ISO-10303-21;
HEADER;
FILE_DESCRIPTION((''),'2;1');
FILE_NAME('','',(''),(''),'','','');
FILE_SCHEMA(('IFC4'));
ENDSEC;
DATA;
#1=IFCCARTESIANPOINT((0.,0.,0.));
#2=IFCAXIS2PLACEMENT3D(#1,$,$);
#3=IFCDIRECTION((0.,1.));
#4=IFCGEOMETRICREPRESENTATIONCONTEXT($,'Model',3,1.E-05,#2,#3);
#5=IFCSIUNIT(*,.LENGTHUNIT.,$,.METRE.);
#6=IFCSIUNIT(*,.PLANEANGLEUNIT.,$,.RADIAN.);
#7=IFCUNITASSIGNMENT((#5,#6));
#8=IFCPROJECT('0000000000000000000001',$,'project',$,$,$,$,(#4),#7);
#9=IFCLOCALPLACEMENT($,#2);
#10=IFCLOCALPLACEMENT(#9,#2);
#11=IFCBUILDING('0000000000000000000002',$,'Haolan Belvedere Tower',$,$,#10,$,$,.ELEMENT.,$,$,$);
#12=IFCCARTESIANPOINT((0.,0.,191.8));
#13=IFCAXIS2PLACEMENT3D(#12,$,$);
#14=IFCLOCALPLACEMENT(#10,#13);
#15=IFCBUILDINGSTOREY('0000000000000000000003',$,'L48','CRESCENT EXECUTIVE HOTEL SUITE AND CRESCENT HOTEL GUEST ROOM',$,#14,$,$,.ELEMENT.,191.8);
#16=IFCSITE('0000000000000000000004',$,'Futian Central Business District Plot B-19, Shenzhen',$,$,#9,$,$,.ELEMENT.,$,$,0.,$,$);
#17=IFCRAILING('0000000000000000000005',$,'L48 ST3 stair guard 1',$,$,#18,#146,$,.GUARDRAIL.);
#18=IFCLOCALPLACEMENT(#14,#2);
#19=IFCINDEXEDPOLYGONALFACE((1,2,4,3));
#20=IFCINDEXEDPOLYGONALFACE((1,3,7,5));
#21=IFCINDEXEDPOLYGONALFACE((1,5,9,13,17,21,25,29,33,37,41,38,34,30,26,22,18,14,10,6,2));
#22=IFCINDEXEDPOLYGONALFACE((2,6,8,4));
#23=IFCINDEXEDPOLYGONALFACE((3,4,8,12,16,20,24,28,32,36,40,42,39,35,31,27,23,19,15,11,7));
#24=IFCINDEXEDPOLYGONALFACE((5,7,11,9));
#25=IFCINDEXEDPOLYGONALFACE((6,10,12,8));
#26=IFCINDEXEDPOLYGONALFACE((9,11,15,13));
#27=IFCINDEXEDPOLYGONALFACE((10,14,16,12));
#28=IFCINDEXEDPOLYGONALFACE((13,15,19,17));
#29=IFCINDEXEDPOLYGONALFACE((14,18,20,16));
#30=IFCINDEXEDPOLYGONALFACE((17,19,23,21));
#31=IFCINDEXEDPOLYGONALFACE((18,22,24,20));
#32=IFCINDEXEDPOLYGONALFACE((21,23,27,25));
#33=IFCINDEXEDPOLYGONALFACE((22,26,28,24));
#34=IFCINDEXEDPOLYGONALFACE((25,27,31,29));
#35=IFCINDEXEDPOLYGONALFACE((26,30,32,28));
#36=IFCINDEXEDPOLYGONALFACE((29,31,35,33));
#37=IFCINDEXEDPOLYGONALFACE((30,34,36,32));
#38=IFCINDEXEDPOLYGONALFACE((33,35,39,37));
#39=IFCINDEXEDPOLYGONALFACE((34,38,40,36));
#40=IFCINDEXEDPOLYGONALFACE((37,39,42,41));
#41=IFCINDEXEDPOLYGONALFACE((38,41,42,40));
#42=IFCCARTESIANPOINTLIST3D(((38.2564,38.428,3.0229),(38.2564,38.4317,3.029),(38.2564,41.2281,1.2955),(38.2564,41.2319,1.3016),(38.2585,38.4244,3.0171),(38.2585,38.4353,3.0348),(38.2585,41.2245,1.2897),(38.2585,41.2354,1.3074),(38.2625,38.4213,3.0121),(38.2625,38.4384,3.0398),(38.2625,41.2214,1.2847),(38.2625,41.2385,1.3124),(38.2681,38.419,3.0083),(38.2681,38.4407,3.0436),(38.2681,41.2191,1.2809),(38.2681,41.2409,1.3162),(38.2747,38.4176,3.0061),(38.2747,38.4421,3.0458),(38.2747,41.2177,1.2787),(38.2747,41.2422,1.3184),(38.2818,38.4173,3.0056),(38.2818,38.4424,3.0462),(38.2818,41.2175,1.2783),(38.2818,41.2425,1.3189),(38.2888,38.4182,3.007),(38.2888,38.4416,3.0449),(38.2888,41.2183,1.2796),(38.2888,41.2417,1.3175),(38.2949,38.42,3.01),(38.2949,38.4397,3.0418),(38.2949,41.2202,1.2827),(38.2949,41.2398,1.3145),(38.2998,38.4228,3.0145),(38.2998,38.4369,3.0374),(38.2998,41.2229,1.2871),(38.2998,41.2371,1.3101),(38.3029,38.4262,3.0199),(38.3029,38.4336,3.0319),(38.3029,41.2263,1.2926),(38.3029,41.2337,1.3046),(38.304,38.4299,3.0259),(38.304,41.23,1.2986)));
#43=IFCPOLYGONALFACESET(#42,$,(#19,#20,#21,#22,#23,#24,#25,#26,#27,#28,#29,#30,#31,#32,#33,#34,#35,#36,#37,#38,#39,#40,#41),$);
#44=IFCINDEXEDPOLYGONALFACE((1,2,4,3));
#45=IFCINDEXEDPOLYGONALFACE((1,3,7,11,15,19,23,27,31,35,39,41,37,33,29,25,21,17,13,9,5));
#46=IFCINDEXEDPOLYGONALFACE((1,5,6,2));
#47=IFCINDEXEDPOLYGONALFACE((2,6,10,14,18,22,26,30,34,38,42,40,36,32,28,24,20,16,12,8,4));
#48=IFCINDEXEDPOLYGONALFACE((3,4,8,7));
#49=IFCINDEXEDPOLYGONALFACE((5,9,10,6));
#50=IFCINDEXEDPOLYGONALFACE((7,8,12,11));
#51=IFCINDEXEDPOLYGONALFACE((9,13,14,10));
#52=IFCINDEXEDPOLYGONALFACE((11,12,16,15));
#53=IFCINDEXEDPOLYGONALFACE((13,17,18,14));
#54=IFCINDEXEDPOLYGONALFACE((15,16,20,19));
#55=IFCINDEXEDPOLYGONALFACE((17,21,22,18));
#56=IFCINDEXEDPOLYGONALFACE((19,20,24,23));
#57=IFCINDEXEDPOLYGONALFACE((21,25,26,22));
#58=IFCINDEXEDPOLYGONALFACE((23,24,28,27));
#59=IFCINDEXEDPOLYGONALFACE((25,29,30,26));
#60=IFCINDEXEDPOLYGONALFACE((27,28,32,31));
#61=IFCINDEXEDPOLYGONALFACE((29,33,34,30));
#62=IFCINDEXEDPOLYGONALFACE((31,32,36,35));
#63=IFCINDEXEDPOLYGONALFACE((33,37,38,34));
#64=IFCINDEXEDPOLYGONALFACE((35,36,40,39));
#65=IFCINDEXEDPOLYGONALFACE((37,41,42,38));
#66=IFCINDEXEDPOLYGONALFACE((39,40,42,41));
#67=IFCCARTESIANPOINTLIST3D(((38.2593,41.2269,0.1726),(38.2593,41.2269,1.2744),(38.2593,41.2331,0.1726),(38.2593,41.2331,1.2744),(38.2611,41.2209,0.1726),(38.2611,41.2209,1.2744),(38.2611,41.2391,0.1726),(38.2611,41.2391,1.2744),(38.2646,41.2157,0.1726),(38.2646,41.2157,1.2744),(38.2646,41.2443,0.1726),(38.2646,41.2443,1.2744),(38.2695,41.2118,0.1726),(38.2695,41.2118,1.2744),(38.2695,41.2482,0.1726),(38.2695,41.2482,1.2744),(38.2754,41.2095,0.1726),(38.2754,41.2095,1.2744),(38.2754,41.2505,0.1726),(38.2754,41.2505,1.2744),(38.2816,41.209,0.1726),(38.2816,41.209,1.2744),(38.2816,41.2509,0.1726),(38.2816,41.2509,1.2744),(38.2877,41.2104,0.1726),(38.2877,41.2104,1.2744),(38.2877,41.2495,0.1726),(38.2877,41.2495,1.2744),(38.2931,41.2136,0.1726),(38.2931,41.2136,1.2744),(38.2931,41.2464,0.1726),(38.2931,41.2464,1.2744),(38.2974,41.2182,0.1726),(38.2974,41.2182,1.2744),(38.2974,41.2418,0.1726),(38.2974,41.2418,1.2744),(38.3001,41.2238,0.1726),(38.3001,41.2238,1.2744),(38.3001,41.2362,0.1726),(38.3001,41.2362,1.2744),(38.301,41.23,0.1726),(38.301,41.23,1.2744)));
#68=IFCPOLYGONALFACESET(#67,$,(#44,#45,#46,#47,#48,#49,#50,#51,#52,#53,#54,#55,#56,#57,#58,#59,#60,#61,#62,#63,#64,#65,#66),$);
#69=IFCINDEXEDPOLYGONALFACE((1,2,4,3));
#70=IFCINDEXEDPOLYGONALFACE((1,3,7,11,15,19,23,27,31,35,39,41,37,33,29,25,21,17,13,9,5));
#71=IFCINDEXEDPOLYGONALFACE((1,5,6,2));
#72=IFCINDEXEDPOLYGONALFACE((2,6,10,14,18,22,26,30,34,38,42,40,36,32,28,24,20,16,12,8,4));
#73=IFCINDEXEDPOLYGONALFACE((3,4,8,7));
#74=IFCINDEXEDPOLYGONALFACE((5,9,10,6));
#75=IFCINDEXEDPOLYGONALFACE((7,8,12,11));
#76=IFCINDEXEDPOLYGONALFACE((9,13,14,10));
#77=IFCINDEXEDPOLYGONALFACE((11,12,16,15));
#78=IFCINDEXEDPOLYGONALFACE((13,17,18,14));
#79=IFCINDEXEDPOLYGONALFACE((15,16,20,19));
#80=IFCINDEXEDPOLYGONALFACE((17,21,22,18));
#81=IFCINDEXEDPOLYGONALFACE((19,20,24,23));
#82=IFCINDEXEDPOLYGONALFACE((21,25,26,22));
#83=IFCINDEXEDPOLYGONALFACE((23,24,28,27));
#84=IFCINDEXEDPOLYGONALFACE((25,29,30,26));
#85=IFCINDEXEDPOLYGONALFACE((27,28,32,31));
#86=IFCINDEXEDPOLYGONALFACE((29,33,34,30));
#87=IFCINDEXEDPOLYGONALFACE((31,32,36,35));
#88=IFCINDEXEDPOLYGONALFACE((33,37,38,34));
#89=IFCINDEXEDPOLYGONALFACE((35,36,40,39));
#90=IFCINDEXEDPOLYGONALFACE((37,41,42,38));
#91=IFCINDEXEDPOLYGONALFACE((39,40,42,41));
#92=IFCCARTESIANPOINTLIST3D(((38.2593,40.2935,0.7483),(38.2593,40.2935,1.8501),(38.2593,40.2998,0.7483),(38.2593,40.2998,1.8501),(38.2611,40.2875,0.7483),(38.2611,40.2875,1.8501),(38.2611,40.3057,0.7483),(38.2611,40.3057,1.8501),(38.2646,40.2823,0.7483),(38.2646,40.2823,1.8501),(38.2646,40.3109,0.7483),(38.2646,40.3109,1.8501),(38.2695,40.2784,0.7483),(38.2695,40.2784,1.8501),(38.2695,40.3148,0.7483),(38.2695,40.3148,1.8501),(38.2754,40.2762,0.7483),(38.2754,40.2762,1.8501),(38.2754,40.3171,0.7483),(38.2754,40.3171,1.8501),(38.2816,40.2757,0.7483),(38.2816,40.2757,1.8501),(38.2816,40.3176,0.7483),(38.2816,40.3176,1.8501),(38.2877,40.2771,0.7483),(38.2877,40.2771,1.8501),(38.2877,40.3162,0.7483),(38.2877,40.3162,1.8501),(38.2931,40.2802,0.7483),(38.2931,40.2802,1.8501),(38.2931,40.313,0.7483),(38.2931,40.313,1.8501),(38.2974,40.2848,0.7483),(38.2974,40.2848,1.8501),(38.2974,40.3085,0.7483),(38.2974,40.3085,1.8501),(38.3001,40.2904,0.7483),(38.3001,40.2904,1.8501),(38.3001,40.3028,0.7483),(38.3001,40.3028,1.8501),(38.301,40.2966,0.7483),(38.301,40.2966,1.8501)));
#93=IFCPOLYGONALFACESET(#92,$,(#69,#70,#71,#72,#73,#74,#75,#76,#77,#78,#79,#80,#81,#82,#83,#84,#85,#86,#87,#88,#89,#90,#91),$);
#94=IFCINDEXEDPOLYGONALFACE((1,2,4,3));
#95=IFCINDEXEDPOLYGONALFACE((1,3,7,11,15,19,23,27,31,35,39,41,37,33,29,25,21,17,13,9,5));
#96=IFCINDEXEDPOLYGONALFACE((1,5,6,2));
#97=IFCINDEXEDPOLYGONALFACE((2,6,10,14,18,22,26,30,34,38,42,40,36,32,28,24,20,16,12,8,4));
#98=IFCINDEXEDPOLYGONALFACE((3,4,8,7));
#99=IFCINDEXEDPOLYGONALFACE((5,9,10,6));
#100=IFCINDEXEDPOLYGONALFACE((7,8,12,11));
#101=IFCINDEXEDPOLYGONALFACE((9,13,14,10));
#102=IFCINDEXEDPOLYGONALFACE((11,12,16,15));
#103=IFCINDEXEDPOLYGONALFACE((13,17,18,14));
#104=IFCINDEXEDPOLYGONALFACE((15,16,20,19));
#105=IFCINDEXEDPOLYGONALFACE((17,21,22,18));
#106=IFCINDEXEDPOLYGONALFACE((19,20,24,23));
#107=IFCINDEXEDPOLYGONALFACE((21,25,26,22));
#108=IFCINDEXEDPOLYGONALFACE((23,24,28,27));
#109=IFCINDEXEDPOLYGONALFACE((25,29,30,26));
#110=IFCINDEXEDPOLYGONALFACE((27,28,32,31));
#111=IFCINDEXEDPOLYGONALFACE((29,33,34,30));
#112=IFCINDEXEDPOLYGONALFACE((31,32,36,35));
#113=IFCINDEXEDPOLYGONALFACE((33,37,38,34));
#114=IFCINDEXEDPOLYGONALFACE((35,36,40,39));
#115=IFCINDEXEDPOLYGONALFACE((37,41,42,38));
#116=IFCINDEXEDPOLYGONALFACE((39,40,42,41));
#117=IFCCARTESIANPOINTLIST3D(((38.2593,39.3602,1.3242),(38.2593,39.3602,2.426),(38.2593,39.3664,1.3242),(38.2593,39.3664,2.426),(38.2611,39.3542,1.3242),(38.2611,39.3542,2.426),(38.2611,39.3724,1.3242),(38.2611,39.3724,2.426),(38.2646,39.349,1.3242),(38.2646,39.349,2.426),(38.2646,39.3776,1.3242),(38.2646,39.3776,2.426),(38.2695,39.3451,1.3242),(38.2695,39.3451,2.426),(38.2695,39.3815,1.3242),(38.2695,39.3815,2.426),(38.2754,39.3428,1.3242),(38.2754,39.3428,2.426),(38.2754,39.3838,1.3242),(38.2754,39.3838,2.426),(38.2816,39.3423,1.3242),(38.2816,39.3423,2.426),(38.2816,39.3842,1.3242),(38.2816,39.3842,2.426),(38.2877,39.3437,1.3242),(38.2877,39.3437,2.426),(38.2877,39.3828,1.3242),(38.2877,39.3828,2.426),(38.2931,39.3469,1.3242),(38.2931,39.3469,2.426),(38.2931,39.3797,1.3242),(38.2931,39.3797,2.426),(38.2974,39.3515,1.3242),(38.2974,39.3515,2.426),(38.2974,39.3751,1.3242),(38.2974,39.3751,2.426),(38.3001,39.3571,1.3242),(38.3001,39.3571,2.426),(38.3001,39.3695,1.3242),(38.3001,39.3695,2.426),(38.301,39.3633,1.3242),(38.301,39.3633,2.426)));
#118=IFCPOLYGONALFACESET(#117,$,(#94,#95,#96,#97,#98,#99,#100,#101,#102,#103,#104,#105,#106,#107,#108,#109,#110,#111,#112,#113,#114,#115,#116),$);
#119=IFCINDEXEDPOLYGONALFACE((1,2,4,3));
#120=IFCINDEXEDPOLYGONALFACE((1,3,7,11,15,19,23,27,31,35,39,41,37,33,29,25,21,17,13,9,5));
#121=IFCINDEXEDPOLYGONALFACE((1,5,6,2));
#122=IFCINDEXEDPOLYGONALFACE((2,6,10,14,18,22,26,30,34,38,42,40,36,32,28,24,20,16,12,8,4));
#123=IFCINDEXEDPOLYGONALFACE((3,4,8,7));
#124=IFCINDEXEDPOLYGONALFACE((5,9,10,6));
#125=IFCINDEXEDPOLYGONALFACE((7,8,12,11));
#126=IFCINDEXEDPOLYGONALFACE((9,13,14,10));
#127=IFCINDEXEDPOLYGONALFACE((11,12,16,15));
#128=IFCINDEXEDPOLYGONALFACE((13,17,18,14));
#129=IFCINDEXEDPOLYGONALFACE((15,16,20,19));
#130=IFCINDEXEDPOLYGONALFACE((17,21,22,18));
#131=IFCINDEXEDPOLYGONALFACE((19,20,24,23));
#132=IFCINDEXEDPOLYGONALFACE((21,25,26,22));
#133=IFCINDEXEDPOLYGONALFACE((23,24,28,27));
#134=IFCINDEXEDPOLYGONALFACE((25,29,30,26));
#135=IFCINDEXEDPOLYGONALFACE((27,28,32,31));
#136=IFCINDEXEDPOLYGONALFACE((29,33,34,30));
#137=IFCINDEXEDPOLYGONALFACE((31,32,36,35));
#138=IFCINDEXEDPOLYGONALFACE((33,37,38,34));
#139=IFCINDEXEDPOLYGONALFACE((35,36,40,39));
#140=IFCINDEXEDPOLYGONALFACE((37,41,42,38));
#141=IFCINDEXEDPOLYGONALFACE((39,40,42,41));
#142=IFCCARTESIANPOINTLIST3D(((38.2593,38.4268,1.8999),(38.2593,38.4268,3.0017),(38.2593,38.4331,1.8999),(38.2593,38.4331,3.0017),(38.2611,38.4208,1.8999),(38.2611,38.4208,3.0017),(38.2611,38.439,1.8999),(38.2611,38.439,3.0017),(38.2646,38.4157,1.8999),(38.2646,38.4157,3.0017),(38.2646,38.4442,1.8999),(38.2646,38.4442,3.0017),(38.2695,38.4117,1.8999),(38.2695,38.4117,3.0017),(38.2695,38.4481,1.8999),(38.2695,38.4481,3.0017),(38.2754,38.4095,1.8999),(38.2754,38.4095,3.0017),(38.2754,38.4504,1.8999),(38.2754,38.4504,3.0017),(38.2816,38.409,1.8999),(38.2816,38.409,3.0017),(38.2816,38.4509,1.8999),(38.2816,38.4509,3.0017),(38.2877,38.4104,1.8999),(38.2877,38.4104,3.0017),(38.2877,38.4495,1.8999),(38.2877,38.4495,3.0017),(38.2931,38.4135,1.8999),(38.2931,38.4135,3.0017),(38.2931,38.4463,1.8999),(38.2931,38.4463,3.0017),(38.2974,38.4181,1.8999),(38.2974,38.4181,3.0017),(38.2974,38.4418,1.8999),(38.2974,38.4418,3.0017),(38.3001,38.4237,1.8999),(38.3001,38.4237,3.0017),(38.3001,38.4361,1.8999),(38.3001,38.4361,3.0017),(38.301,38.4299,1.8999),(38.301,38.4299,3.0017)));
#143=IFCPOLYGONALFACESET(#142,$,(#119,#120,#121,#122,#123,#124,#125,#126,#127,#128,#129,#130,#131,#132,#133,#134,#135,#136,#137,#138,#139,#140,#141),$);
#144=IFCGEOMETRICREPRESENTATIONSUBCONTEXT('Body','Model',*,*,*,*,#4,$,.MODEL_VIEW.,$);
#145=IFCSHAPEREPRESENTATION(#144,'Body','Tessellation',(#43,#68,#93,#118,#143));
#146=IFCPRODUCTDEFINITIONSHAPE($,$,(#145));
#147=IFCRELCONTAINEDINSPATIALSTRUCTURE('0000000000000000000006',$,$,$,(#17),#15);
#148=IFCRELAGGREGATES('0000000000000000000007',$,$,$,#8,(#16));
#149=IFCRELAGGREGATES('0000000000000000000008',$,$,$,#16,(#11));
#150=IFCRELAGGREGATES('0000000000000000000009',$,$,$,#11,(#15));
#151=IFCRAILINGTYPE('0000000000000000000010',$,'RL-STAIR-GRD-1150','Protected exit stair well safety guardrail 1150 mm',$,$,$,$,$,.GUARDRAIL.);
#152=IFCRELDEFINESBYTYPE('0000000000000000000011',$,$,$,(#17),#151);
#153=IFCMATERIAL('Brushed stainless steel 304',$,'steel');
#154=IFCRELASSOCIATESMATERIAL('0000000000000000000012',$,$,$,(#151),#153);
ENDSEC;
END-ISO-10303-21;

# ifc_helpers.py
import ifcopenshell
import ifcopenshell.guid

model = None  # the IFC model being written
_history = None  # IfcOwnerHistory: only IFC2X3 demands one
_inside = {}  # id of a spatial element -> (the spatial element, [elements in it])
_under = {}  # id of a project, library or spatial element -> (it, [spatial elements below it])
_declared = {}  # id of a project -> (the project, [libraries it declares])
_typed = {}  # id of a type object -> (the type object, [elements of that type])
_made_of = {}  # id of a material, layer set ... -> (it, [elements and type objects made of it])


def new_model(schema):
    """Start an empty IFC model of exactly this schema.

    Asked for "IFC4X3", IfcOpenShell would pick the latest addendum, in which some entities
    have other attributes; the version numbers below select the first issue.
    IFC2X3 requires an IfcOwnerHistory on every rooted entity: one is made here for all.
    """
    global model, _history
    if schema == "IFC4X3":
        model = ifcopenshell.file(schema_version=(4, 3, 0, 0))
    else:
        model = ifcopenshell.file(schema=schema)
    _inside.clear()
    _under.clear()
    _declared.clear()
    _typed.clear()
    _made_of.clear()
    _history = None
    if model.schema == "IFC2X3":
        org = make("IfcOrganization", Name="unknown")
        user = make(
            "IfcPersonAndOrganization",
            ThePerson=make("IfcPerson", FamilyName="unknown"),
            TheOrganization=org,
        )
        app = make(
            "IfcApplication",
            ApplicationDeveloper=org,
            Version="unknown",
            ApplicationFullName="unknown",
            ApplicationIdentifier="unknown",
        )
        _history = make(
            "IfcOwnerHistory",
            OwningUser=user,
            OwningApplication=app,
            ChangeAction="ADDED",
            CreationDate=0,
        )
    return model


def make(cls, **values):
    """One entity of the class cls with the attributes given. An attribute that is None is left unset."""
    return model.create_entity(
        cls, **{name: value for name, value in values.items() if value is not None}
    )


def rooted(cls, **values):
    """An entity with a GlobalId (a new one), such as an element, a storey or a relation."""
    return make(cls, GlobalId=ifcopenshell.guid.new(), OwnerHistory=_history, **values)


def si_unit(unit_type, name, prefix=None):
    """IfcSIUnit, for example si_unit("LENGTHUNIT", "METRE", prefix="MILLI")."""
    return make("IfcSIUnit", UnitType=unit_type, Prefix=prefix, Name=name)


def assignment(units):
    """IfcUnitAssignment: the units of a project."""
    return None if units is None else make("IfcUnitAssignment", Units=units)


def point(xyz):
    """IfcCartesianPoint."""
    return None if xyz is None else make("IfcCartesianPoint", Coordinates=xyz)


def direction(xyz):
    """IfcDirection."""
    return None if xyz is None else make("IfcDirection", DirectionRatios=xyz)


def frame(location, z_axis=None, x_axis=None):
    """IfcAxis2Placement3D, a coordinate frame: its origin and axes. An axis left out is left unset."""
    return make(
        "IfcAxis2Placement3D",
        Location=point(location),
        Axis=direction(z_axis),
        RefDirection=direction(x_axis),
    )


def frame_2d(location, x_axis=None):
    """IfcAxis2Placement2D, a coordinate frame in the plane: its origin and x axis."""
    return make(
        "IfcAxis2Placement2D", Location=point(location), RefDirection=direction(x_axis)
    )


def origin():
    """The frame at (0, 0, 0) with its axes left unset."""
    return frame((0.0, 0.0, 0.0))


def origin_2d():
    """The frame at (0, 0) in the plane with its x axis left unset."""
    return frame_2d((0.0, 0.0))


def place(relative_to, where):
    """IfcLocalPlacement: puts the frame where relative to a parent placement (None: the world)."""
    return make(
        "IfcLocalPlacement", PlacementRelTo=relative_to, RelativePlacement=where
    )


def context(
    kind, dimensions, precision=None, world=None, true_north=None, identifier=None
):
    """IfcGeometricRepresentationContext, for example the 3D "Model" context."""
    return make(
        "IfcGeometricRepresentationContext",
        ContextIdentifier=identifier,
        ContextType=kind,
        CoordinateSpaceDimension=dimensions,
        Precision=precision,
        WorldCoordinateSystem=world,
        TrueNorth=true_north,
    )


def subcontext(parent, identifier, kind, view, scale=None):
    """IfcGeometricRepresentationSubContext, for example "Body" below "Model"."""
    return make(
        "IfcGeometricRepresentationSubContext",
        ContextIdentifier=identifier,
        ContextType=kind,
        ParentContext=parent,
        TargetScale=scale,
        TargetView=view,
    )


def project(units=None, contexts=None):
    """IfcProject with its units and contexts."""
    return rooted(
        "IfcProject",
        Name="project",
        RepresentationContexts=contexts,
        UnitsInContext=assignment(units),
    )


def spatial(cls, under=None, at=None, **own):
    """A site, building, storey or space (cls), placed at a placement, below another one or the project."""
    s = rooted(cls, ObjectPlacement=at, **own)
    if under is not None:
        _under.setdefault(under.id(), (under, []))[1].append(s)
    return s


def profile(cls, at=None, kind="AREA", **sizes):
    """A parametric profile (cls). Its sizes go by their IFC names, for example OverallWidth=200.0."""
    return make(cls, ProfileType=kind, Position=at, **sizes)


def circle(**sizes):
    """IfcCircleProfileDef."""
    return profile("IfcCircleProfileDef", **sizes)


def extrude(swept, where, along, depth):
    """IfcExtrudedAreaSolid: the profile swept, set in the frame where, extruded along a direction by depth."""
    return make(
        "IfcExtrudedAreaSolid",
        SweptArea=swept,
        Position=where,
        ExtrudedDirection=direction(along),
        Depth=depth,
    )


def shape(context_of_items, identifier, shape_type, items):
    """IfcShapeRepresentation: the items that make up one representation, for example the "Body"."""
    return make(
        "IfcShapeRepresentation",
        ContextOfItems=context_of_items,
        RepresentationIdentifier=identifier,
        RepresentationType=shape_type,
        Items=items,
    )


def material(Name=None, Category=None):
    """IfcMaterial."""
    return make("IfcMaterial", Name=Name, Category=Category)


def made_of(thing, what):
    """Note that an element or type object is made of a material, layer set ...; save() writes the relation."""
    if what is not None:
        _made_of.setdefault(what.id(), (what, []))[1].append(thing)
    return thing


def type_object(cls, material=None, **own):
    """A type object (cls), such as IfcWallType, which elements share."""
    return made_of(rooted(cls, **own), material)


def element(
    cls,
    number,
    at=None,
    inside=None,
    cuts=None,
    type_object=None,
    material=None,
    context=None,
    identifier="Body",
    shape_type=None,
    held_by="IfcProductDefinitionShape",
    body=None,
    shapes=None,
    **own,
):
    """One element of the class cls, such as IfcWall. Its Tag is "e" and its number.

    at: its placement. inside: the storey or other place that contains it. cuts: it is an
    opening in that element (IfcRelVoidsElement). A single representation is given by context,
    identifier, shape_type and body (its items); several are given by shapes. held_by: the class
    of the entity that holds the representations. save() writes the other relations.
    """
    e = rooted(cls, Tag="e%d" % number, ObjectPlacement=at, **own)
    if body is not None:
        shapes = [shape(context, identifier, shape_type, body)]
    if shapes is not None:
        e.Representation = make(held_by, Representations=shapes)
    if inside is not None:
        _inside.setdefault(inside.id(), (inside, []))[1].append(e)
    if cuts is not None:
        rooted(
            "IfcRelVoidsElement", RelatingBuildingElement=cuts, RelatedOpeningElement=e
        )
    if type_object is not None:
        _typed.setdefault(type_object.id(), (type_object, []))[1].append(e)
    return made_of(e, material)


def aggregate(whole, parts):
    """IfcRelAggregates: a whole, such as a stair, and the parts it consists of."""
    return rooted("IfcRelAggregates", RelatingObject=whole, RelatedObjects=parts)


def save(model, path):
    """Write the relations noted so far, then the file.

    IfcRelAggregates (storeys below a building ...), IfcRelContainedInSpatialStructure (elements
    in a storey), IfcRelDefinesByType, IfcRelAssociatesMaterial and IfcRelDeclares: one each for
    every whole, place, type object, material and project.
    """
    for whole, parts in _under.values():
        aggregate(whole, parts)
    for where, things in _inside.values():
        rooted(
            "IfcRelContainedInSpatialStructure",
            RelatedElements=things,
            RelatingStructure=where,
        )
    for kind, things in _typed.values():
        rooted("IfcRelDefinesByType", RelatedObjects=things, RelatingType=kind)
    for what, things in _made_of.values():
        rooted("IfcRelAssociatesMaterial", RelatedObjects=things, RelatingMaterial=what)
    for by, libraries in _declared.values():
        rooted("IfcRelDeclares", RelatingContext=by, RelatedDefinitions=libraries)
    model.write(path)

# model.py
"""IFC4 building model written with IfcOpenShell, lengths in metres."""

from ifc_helpers import new_model, si_unit, direction, frame, origin, origin_2d, place, context, subcontext, project, spatial, circle, extrude, material, type_object, element, save


model = new_model("IFC4")

# Units and contexts
model_context = context("Model", 3, precision=1e-05, world=origin(), true_north=direction((0.0, 1.0)))
body_context = subcontext(model_context, "Body", "Model", "MODEL_VIEW")
ifc_project = project(units=[si_unit("LENGTHUNIT", "METRE"), si_unit("PLANEANGLEUNIT", "RADIAN")], contexts=[model_context])

# Site, building, storey
site_placement = place(None, origin())
site = spatial("IfcSite", under=ifc_project, at=site_placement, Name="Futian Central Business District Plot B-19, Shenzhen", CompositionType="ELEMENT", RefElevation=0.0)
building_placement = place(site_placement, origin())
building = spatial("IfcBuilding", under=site, at=building_placement, Name="Haolan Belvedere Tower", CompositionType="ELEMENT")
storey_placement = place(building_placement, frame((0.0, 0.0, 191.8)))
storey = spatial("IfcBuildingStorey", under=building, at=storey_placement, Name="L48", Description="CRESCENT EXECUTIVE HOTEL SUITE AND CRESCENT HOTEL GUEST ROOM", CompositionType="ELEMENT", Elevation=191.8)

# Railing
ifc_material_1 = material(Name="Brushed stainless steel 304", Category="steel")
railing_type = type_object("IfcRailingType", Name="RL-STAIR-GRD-1150", Description="Protected exit stair well safety guardrail 1150 mm", PredefinedType="GUARDRAIL", material=ifc_material_1)
railing_1_placement = place(storey_placement, frame((38.28, 41.23, 0.1726)))
element("IfcRailing", 1, at=railing_1_placement, inside=storey, type_object=railing_type, Name="L48 ST3 stair guard 1", PredefinedType="GUARDRAIL", context=body_context, shape_type="SweptSolid", body=[
    extrude(circle(Radius=0.0239, at=origin_2d()), frame((0.0, 0.0, 1.126), z_axis=(0.0, -0.85109, 0.52502), x_axis=(1.0, 0.0, 0.0)), (0.0, 0.0, 1.0), 3.29),
    extrude(circle(Radius=0.021, at=origin_2d()), origin(), (0.0, 0.0, 1.0), 1.1018),
    extrude(circle(Radius=0.021, at=origin_2d()), frame((0.0, -0.9333, 0.5757)), (0.0, 0.0, 1.0), 1.1018),
    extrude(circle(Radius=0.021, at=origin_2d()), frame((0.0, -1.8667, 1.1516)), (0.0, 0.0, 1.0), 1.1018),
    extrude(circle(Radius=0.021, at=origin_2d()), frame((0.0, -2.8, 1.7273)), (0.0, 0.0, 1.0), 1.1018),
])

save(model, "model.ifc")
